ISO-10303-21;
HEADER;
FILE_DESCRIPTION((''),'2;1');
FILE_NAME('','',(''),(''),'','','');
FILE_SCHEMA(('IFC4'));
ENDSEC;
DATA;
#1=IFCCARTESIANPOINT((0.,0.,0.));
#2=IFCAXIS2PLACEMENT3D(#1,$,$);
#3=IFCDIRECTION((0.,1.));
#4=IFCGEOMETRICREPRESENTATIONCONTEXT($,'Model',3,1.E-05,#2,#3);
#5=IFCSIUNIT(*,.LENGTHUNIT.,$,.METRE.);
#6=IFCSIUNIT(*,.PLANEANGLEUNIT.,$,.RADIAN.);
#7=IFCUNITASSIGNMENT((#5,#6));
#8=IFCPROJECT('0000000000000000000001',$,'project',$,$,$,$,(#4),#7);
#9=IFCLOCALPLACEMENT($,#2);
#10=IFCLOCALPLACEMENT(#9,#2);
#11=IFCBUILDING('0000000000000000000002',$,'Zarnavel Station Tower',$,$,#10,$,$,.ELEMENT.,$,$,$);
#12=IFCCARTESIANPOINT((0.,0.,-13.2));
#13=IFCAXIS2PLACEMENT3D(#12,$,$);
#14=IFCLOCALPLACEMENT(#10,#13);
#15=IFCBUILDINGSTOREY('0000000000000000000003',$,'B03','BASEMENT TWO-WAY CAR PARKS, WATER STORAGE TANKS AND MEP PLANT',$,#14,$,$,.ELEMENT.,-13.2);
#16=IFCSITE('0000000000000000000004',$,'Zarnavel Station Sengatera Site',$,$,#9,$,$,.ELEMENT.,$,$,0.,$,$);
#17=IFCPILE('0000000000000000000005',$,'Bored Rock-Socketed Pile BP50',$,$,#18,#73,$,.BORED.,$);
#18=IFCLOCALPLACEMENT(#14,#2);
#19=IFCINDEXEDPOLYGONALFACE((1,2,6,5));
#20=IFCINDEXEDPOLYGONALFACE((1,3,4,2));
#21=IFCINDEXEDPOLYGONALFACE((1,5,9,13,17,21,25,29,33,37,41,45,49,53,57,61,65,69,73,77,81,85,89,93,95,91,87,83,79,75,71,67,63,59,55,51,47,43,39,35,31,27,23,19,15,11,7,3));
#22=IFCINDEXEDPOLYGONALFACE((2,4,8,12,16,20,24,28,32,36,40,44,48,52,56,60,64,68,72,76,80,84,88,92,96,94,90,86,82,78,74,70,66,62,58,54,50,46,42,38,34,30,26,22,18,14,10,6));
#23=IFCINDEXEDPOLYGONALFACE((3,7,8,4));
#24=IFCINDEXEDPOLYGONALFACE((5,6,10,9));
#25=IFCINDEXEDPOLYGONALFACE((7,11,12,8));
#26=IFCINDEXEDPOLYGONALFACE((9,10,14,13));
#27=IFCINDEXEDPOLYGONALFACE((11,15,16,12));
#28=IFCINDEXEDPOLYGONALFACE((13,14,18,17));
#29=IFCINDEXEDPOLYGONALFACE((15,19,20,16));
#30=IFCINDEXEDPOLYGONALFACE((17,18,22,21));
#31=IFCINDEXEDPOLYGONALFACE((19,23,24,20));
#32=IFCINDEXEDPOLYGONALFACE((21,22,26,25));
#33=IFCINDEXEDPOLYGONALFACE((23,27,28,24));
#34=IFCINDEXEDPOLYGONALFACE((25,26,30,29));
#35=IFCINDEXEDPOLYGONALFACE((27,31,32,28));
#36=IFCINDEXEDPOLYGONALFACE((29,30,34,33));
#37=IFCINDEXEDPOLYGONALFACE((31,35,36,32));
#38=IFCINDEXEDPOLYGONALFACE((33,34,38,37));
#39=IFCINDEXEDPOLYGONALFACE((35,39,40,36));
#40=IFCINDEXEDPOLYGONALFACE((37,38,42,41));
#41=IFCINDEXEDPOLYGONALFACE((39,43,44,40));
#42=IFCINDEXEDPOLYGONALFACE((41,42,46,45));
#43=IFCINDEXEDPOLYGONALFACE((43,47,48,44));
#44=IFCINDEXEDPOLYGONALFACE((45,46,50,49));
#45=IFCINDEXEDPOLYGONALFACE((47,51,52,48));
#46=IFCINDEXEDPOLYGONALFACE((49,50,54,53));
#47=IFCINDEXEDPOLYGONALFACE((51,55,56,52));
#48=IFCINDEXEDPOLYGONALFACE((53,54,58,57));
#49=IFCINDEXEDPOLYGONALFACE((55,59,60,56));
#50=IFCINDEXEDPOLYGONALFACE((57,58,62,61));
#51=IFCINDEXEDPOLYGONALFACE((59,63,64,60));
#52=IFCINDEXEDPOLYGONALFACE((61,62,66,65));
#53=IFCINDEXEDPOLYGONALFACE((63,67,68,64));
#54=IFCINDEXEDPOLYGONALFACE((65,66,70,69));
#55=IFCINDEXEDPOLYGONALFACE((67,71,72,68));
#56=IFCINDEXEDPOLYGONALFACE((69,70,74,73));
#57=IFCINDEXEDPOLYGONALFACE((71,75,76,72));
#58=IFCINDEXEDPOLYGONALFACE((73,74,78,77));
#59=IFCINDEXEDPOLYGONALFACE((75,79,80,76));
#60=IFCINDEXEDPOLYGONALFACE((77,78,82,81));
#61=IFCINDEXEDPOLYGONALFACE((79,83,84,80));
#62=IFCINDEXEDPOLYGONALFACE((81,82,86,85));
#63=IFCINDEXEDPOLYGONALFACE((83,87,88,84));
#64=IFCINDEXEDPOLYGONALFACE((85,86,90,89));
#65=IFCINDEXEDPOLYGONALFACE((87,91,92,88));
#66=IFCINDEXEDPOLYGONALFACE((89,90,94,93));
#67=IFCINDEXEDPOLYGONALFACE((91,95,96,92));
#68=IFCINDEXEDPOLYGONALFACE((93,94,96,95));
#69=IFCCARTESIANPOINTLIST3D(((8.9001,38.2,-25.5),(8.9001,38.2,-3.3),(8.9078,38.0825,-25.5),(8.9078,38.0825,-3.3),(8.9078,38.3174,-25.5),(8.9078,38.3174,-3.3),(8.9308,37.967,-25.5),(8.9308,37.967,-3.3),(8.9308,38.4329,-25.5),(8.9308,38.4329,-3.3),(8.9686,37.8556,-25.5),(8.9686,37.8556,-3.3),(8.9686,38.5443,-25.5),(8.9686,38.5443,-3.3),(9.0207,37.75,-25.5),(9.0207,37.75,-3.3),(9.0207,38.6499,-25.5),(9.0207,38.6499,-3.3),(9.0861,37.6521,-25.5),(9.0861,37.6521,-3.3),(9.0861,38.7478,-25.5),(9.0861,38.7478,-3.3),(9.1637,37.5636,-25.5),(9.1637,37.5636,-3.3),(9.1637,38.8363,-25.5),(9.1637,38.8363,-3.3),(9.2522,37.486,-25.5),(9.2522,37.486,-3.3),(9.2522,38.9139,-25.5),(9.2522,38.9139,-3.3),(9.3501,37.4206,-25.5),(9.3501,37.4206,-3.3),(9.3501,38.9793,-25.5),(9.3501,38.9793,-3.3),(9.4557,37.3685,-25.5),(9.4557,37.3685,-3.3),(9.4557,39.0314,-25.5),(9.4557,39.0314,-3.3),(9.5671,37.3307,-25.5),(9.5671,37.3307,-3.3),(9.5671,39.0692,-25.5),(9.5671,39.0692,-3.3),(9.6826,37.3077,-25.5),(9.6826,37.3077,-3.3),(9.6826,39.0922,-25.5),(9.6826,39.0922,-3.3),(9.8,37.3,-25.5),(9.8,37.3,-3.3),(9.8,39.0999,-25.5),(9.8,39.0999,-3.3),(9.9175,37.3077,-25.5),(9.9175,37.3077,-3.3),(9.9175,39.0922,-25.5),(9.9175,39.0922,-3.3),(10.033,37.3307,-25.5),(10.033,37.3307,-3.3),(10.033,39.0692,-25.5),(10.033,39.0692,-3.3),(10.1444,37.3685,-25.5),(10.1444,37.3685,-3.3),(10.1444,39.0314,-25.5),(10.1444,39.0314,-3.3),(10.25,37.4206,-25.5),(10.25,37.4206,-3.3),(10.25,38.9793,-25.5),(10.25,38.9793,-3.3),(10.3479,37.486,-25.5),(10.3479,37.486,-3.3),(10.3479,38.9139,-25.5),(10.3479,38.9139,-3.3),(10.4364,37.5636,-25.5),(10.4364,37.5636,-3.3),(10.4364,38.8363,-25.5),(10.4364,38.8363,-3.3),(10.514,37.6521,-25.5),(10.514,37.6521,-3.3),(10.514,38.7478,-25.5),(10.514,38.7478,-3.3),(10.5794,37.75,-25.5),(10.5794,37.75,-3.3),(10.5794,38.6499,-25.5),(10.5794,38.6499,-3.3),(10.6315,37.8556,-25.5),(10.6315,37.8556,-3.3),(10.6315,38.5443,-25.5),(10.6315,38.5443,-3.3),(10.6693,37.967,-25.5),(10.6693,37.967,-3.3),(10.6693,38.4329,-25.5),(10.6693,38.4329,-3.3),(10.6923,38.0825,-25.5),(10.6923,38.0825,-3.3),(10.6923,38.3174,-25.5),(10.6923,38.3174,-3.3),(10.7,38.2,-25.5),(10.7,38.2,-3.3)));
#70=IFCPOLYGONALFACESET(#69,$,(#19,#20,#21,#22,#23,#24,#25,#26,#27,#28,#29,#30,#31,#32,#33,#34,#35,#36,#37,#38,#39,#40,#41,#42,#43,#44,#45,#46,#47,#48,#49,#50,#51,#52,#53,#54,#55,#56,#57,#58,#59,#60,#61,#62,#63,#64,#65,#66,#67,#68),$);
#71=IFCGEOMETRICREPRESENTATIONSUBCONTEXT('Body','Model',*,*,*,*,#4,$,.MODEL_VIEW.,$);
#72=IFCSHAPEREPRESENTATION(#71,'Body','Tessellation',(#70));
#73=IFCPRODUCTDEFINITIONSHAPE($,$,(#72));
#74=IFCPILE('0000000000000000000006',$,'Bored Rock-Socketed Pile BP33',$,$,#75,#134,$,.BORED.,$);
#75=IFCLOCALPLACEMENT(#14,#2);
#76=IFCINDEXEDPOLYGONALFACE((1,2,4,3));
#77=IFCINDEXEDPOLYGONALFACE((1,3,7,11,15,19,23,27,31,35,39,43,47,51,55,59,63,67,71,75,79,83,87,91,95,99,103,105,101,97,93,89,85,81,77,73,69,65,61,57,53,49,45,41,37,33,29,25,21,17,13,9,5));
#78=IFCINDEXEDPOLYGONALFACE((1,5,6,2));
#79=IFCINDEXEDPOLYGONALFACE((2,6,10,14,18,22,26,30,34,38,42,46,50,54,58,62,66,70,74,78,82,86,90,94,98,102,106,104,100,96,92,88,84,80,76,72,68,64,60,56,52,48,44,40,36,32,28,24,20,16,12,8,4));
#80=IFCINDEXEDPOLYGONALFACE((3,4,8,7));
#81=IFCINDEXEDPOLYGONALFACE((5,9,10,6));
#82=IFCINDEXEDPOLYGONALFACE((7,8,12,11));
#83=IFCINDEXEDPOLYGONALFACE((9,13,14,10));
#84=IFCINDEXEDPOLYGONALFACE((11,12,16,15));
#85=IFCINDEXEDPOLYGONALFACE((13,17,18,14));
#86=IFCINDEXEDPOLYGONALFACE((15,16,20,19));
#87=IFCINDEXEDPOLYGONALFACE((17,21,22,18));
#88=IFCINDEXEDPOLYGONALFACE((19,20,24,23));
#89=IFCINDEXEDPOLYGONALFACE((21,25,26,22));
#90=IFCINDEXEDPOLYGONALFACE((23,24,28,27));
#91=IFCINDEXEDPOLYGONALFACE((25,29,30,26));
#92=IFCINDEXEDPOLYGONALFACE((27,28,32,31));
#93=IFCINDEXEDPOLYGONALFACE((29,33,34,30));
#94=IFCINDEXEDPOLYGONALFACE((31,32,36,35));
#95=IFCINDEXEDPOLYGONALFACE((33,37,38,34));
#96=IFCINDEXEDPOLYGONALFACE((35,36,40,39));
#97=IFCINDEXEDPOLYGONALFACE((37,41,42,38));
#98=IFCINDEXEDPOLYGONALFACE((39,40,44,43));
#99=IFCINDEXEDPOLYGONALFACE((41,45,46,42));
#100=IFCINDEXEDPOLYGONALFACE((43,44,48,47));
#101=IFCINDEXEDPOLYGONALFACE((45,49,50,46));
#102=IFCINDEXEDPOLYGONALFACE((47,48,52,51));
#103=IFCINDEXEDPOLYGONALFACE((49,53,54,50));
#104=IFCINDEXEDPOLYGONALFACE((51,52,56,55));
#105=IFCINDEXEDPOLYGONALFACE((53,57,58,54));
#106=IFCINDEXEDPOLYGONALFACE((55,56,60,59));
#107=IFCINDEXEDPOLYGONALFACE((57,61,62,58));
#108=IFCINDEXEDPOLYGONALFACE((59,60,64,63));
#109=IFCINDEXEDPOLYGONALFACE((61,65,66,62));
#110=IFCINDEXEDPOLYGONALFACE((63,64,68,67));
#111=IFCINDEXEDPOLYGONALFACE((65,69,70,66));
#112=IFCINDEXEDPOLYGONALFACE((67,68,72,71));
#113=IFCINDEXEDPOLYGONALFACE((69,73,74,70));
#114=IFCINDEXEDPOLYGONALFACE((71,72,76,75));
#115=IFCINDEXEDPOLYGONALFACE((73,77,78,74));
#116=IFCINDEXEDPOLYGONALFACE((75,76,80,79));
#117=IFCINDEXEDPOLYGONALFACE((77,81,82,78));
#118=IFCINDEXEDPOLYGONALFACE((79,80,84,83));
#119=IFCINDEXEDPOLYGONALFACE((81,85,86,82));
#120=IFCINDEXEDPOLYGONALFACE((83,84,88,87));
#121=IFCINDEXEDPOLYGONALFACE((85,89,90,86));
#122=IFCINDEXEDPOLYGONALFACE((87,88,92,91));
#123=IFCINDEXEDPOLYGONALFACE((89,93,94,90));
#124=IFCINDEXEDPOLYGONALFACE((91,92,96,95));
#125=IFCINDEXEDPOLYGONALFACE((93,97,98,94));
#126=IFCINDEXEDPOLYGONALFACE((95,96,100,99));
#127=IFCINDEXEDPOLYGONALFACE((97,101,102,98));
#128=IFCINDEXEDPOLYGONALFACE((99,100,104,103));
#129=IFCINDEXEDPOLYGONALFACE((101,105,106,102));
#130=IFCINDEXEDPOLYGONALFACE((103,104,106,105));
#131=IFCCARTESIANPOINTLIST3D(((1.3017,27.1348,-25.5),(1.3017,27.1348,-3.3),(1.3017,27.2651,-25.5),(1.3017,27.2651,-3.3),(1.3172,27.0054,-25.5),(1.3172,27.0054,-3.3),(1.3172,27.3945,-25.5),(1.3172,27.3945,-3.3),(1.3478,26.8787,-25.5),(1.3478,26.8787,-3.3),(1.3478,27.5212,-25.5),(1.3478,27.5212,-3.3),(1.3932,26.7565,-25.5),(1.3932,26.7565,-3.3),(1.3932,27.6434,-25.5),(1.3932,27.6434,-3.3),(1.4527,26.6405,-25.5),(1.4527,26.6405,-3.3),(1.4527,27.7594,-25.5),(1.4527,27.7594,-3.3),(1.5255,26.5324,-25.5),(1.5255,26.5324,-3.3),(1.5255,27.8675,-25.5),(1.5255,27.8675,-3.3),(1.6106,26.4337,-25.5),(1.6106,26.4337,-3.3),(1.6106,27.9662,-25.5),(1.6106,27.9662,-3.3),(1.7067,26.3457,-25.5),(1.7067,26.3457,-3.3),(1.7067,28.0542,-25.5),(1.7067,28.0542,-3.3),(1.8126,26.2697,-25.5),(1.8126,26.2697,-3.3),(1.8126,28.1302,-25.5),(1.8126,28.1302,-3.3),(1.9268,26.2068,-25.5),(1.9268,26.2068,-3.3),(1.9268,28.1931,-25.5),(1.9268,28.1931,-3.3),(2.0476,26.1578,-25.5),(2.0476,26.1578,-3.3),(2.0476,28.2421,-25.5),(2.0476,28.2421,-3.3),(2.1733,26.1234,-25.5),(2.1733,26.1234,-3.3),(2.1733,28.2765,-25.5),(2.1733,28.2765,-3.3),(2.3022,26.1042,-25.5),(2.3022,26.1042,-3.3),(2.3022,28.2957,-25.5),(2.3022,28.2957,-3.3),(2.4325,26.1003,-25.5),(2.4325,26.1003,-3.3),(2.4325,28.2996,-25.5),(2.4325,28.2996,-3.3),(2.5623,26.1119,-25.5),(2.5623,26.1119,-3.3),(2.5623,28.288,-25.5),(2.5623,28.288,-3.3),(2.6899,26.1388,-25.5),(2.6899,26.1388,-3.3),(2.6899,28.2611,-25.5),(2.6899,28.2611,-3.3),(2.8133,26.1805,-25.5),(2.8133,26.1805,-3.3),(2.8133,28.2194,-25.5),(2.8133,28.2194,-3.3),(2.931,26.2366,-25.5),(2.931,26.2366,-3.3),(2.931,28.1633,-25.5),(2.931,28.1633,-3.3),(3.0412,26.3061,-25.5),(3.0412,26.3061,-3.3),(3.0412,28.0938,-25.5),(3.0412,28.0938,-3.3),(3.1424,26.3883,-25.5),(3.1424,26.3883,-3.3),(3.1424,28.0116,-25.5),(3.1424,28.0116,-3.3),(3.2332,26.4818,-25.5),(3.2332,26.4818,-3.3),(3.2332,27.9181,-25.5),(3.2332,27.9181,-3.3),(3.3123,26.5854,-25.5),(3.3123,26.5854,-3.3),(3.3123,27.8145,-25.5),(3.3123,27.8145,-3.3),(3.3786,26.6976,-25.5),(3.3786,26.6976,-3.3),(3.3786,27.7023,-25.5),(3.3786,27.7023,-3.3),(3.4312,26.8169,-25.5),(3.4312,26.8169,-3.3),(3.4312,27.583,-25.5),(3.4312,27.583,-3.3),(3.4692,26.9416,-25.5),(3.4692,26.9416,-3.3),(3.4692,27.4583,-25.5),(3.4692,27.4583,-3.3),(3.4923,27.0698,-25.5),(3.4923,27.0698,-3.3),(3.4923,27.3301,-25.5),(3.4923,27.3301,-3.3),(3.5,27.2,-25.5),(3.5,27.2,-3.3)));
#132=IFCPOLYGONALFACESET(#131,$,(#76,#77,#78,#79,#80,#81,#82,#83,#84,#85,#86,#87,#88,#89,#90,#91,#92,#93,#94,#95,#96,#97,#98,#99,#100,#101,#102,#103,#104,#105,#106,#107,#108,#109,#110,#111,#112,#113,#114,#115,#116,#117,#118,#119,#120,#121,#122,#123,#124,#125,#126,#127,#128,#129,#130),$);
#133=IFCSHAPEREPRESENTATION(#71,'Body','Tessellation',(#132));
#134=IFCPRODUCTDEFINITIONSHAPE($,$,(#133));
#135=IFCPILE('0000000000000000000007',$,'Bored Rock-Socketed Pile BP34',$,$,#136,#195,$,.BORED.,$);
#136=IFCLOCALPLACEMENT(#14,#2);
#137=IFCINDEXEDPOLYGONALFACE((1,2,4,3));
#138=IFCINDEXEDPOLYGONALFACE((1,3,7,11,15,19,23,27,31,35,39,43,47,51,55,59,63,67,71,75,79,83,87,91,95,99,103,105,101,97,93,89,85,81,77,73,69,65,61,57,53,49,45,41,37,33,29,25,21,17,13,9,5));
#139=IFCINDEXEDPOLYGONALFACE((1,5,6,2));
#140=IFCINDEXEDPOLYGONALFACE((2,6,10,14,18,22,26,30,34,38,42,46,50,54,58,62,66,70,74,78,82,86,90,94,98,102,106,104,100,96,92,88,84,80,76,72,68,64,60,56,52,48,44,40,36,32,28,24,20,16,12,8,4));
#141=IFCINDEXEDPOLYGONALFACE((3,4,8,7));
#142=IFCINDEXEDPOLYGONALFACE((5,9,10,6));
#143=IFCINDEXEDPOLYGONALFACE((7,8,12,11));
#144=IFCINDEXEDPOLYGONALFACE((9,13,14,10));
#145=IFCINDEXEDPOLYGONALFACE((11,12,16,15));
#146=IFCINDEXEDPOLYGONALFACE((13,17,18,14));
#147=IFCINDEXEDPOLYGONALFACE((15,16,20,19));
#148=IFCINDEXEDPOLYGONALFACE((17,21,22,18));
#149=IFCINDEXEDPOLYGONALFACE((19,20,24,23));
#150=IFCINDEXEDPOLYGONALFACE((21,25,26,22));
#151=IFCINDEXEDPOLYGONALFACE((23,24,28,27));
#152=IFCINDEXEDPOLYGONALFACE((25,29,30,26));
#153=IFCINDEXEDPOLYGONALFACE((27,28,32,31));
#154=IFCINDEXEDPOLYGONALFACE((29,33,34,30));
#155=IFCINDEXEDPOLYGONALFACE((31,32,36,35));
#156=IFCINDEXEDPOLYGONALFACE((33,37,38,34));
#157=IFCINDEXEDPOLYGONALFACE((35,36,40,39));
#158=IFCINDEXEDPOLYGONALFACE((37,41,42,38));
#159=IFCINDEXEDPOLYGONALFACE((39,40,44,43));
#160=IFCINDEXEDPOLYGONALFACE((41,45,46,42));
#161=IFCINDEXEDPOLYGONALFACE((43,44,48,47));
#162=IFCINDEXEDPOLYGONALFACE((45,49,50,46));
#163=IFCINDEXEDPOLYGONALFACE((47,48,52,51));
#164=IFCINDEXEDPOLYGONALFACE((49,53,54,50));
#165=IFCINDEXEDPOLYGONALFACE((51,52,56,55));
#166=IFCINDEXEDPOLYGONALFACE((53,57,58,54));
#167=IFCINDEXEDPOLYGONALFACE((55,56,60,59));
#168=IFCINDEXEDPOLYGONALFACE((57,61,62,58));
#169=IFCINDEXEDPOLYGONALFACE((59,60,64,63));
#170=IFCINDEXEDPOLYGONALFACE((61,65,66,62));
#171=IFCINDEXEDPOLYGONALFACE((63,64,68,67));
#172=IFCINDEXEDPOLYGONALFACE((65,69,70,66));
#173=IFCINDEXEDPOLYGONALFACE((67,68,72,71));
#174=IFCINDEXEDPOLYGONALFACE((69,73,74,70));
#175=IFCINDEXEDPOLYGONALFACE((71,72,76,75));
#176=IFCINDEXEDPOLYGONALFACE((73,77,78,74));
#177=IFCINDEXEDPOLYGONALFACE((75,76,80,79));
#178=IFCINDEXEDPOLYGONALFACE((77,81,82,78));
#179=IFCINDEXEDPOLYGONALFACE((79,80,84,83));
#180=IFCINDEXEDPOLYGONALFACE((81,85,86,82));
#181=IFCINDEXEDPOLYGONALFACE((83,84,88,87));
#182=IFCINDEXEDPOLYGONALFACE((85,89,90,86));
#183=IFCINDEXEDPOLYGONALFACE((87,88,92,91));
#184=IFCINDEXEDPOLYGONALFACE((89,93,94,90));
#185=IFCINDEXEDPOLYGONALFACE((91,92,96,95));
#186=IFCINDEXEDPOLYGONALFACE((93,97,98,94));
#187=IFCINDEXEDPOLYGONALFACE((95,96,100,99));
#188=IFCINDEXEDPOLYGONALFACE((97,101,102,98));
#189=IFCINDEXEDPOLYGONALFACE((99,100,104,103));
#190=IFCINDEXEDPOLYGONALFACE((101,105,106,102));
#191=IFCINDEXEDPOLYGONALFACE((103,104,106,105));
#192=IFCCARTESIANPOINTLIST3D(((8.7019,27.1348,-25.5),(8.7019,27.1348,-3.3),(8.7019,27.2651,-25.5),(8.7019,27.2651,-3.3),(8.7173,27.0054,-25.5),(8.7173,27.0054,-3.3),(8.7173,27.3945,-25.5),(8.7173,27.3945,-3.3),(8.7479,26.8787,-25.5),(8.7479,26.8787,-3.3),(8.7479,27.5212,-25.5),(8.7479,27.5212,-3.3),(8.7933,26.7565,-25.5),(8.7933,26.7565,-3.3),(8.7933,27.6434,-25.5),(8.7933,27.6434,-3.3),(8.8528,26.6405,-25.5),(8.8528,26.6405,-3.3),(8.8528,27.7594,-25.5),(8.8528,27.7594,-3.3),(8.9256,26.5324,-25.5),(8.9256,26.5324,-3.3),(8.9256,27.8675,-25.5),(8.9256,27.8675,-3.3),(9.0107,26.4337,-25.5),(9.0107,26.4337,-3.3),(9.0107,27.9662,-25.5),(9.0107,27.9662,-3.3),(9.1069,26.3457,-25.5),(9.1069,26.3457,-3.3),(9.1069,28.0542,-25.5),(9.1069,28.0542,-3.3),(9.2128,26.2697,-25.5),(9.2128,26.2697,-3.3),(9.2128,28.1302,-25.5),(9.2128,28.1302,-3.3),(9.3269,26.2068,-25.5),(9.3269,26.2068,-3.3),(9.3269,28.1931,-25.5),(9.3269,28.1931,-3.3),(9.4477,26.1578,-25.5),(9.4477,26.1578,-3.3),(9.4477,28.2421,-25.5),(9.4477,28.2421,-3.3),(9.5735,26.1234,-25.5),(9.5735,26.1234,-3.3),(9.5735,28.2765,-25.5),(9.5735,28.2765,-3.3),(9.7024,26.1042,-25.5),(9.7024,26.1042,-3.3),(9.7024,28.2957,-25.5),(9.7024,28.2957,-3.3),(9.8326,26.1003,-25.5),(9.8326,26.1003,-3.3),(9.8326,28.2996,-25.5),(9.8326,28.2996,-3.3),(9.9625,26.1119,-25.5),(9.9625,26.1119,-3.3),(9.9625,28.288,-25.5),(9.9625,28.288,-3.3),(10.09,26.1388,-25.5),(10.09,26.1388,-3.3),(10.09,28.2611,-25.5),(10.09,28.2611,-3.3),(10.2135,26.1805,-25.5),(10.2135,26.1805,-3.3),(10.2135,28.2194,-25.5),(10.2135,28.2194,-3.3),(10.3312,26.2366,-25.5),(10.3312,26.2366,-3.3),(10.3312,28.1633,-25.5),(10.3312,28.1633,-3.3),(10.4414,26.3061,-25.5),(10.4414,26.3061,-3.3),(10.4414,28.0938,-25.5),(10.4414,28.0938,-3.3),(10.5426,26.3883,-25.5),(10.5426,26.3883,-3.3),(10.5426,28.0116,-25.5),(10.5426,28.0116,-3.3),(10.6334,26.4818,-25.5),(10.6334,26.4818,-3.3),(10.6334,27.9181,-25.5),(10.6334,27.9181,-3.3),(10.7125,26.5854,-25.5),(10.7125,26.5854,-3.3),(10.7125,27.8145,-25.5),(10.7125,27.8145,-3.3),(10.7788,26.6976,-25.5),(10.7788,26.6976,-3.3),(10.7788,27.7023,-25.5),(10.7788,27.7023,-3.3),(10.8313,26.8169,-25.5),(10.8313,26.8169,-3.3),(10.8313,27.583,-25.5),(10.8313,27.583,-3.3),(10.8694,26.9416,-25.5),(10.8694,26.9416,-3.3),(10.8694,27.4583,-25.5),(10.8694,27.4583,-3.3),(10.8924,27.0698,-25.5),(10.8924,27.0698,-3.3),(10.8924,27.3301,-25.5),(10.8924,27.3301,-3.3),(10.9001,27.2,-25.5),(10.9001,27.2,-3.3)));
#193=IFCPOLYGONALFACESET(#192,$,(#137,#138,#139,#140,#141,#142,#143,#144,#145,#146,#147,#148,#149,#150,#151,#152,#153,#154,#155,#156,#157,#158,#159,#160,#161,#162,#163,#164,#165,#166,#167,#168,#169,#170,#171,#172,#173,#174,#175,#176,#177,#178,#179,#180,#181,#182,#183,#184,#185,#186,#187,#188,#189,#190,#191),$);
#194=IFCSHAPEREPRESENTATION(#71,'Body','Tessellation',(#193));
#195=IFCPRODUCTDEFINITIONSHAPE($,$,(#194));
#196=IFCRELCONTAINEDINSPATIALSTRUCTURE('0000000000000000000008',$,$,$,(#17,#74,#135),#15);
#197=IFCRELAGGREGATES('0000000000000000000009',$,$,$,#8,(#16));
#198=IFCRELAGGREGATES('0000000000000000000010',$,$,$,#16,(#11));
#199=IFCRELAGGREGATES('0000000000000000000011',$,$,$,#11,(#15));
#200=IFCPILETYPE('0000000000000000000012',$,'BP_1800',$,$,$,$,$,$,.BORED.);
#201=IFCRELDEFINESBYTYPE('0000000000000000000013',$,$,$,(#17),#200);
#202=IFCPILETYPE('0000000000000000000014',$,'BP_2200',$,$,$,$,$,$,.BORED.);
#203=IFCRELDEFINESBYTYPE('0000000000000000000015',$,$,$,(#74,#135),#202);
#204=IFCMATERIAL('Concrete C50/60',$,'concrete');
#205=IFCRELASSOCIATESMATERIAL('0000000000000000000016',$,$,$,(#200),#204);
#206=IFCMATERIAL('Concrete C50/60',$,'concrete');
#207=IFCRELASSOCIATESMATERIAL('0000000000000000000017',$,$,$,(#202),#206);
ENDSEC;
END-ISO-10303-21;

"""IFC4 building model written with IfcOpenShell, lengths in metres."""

from ifc_helpers import new_model, si_unit, direction, frame, origin, origin_2d, place, context, subcontext, project, spatial, circle, extrude, material, material_profile, profile_set, type_object, element, save


model = new_model("IFC4")

# Units and contexts
model_context = context("Model", 3, precision=1e-05, world=origin(), true_north=direction((0.0, 1.0)))
body_context = subcontext(model_context, "Body", "Model", "MODEL_VIEW")
ifc_project = project(units=[si_unit("LENGTHUNIT", "METRE"), si_unit("PLANEANGLEUNIT", "RADIAN")], contexts=[model_context])

# Site, building, storey
site_placement = place(None, origin())
site = spatial("IfcSite", under=ifc_project, at=site_placement, Name="Zarnavel Station Sengatera Site", CompositionType="ELEMENT", RefElevation=0.0)
building_placement = place(site_placement, origin())
building = spatial("IfcBuilding", under=site, at=building_placement, Name="Zarnavel Station Tower", CompositionType="ELEMENT")
storey_placement = place(building_placement, frame((0.0, 0.0, -13.2)))
storey = spatial("IfcBuildingStorey", under=building, at=storey_placement, Name="B03", Description="BASEMENT TWO-WAY CAR PARKS, WATER STORAGE TANKS AND MEP PLANT", CompositionType="ELEMENT", Elevation=-13.2)

# Piles
ifc_material_1 = material(Name="Concrete C50/60", Category="concrete")
ifc_material_profile_1 = material_profile(ifc_material_1, circle(Radius=0.8999, at=origin_2d()), Name="PILE1800")
ifc_profile_set_1 = profile_set([ifc_material_profile_1], Name="Concrete C50/60")
pile_type_1 = type_object("IfcPileType", Name="BP_1800", PredefinedType="BORED", material=ifc_profile_set_1)
for number, where, z_axis, x_axis, name in (
    (1, (9.8, 38.2, -3.3), (0.0, 0.0, -1.0), (1.0, 0.0, 0.0), "Bored Rock-Socketed Pile BP50"),
):
    element("IfcPile", number, at=place(storey_placement, frame(where, z_axis=z_axis, x_axis=x_axis)), inside=storey, type_object=pile_type_1, Name=name, PredefinedType="BORED", context=body_context, shape_type="SweptSolid", body=[
        extrude(circle(Radius=0.8999, at=origin_2d()), origin(), (0.0, 0.0, 1.0), 22.2),
    ])
ifc_material_2 = material(Name="Concrete C50/60", Category="concrete")
ifc_material_profile_2 = material_profile(ifc_material_2, circle(Radius=1.1001, at=origin_2d()), Name="PILE2200")
ifc_profile_set_2 = profile_set([ifc_material_profile_2], Name="Concrete C50/60")
pile_type_2 = type_object("IfcPileType", Name="BP_2200", PredefinedType="BORED", material=ifc_profile_set_2)
for number, where, z_axis, x_axis, name in (
    (2, (2.3999, 27.2, -3.3), (0.0, 0.0, -1.0), (1.0, 0.0, 0.0), "Bored Rock-Socketed Pile BP33"),
    (3, (9.8, 27.2, -3.3), (0.0, 0.0, -1.0), (1.0, 0.0, 0.0), "Bored Rock-Socketed Pile BP34"),
):
    element("IfcPile", number, at=place(storey_placement, frame(where, z_axis=z_axis, x_axis=x_axis)), inside=storey, type_object=pile_type_2, Name=name, PredefinedType="BORED", context=body_context, shape_type="SweptSolid", body=[
        extrude(circle(Radius=1.1001, at=origin_2d()), origin(), (0.0, 0.0, 1.0), 22.2),
    ])

save(model, "model.ifc")
